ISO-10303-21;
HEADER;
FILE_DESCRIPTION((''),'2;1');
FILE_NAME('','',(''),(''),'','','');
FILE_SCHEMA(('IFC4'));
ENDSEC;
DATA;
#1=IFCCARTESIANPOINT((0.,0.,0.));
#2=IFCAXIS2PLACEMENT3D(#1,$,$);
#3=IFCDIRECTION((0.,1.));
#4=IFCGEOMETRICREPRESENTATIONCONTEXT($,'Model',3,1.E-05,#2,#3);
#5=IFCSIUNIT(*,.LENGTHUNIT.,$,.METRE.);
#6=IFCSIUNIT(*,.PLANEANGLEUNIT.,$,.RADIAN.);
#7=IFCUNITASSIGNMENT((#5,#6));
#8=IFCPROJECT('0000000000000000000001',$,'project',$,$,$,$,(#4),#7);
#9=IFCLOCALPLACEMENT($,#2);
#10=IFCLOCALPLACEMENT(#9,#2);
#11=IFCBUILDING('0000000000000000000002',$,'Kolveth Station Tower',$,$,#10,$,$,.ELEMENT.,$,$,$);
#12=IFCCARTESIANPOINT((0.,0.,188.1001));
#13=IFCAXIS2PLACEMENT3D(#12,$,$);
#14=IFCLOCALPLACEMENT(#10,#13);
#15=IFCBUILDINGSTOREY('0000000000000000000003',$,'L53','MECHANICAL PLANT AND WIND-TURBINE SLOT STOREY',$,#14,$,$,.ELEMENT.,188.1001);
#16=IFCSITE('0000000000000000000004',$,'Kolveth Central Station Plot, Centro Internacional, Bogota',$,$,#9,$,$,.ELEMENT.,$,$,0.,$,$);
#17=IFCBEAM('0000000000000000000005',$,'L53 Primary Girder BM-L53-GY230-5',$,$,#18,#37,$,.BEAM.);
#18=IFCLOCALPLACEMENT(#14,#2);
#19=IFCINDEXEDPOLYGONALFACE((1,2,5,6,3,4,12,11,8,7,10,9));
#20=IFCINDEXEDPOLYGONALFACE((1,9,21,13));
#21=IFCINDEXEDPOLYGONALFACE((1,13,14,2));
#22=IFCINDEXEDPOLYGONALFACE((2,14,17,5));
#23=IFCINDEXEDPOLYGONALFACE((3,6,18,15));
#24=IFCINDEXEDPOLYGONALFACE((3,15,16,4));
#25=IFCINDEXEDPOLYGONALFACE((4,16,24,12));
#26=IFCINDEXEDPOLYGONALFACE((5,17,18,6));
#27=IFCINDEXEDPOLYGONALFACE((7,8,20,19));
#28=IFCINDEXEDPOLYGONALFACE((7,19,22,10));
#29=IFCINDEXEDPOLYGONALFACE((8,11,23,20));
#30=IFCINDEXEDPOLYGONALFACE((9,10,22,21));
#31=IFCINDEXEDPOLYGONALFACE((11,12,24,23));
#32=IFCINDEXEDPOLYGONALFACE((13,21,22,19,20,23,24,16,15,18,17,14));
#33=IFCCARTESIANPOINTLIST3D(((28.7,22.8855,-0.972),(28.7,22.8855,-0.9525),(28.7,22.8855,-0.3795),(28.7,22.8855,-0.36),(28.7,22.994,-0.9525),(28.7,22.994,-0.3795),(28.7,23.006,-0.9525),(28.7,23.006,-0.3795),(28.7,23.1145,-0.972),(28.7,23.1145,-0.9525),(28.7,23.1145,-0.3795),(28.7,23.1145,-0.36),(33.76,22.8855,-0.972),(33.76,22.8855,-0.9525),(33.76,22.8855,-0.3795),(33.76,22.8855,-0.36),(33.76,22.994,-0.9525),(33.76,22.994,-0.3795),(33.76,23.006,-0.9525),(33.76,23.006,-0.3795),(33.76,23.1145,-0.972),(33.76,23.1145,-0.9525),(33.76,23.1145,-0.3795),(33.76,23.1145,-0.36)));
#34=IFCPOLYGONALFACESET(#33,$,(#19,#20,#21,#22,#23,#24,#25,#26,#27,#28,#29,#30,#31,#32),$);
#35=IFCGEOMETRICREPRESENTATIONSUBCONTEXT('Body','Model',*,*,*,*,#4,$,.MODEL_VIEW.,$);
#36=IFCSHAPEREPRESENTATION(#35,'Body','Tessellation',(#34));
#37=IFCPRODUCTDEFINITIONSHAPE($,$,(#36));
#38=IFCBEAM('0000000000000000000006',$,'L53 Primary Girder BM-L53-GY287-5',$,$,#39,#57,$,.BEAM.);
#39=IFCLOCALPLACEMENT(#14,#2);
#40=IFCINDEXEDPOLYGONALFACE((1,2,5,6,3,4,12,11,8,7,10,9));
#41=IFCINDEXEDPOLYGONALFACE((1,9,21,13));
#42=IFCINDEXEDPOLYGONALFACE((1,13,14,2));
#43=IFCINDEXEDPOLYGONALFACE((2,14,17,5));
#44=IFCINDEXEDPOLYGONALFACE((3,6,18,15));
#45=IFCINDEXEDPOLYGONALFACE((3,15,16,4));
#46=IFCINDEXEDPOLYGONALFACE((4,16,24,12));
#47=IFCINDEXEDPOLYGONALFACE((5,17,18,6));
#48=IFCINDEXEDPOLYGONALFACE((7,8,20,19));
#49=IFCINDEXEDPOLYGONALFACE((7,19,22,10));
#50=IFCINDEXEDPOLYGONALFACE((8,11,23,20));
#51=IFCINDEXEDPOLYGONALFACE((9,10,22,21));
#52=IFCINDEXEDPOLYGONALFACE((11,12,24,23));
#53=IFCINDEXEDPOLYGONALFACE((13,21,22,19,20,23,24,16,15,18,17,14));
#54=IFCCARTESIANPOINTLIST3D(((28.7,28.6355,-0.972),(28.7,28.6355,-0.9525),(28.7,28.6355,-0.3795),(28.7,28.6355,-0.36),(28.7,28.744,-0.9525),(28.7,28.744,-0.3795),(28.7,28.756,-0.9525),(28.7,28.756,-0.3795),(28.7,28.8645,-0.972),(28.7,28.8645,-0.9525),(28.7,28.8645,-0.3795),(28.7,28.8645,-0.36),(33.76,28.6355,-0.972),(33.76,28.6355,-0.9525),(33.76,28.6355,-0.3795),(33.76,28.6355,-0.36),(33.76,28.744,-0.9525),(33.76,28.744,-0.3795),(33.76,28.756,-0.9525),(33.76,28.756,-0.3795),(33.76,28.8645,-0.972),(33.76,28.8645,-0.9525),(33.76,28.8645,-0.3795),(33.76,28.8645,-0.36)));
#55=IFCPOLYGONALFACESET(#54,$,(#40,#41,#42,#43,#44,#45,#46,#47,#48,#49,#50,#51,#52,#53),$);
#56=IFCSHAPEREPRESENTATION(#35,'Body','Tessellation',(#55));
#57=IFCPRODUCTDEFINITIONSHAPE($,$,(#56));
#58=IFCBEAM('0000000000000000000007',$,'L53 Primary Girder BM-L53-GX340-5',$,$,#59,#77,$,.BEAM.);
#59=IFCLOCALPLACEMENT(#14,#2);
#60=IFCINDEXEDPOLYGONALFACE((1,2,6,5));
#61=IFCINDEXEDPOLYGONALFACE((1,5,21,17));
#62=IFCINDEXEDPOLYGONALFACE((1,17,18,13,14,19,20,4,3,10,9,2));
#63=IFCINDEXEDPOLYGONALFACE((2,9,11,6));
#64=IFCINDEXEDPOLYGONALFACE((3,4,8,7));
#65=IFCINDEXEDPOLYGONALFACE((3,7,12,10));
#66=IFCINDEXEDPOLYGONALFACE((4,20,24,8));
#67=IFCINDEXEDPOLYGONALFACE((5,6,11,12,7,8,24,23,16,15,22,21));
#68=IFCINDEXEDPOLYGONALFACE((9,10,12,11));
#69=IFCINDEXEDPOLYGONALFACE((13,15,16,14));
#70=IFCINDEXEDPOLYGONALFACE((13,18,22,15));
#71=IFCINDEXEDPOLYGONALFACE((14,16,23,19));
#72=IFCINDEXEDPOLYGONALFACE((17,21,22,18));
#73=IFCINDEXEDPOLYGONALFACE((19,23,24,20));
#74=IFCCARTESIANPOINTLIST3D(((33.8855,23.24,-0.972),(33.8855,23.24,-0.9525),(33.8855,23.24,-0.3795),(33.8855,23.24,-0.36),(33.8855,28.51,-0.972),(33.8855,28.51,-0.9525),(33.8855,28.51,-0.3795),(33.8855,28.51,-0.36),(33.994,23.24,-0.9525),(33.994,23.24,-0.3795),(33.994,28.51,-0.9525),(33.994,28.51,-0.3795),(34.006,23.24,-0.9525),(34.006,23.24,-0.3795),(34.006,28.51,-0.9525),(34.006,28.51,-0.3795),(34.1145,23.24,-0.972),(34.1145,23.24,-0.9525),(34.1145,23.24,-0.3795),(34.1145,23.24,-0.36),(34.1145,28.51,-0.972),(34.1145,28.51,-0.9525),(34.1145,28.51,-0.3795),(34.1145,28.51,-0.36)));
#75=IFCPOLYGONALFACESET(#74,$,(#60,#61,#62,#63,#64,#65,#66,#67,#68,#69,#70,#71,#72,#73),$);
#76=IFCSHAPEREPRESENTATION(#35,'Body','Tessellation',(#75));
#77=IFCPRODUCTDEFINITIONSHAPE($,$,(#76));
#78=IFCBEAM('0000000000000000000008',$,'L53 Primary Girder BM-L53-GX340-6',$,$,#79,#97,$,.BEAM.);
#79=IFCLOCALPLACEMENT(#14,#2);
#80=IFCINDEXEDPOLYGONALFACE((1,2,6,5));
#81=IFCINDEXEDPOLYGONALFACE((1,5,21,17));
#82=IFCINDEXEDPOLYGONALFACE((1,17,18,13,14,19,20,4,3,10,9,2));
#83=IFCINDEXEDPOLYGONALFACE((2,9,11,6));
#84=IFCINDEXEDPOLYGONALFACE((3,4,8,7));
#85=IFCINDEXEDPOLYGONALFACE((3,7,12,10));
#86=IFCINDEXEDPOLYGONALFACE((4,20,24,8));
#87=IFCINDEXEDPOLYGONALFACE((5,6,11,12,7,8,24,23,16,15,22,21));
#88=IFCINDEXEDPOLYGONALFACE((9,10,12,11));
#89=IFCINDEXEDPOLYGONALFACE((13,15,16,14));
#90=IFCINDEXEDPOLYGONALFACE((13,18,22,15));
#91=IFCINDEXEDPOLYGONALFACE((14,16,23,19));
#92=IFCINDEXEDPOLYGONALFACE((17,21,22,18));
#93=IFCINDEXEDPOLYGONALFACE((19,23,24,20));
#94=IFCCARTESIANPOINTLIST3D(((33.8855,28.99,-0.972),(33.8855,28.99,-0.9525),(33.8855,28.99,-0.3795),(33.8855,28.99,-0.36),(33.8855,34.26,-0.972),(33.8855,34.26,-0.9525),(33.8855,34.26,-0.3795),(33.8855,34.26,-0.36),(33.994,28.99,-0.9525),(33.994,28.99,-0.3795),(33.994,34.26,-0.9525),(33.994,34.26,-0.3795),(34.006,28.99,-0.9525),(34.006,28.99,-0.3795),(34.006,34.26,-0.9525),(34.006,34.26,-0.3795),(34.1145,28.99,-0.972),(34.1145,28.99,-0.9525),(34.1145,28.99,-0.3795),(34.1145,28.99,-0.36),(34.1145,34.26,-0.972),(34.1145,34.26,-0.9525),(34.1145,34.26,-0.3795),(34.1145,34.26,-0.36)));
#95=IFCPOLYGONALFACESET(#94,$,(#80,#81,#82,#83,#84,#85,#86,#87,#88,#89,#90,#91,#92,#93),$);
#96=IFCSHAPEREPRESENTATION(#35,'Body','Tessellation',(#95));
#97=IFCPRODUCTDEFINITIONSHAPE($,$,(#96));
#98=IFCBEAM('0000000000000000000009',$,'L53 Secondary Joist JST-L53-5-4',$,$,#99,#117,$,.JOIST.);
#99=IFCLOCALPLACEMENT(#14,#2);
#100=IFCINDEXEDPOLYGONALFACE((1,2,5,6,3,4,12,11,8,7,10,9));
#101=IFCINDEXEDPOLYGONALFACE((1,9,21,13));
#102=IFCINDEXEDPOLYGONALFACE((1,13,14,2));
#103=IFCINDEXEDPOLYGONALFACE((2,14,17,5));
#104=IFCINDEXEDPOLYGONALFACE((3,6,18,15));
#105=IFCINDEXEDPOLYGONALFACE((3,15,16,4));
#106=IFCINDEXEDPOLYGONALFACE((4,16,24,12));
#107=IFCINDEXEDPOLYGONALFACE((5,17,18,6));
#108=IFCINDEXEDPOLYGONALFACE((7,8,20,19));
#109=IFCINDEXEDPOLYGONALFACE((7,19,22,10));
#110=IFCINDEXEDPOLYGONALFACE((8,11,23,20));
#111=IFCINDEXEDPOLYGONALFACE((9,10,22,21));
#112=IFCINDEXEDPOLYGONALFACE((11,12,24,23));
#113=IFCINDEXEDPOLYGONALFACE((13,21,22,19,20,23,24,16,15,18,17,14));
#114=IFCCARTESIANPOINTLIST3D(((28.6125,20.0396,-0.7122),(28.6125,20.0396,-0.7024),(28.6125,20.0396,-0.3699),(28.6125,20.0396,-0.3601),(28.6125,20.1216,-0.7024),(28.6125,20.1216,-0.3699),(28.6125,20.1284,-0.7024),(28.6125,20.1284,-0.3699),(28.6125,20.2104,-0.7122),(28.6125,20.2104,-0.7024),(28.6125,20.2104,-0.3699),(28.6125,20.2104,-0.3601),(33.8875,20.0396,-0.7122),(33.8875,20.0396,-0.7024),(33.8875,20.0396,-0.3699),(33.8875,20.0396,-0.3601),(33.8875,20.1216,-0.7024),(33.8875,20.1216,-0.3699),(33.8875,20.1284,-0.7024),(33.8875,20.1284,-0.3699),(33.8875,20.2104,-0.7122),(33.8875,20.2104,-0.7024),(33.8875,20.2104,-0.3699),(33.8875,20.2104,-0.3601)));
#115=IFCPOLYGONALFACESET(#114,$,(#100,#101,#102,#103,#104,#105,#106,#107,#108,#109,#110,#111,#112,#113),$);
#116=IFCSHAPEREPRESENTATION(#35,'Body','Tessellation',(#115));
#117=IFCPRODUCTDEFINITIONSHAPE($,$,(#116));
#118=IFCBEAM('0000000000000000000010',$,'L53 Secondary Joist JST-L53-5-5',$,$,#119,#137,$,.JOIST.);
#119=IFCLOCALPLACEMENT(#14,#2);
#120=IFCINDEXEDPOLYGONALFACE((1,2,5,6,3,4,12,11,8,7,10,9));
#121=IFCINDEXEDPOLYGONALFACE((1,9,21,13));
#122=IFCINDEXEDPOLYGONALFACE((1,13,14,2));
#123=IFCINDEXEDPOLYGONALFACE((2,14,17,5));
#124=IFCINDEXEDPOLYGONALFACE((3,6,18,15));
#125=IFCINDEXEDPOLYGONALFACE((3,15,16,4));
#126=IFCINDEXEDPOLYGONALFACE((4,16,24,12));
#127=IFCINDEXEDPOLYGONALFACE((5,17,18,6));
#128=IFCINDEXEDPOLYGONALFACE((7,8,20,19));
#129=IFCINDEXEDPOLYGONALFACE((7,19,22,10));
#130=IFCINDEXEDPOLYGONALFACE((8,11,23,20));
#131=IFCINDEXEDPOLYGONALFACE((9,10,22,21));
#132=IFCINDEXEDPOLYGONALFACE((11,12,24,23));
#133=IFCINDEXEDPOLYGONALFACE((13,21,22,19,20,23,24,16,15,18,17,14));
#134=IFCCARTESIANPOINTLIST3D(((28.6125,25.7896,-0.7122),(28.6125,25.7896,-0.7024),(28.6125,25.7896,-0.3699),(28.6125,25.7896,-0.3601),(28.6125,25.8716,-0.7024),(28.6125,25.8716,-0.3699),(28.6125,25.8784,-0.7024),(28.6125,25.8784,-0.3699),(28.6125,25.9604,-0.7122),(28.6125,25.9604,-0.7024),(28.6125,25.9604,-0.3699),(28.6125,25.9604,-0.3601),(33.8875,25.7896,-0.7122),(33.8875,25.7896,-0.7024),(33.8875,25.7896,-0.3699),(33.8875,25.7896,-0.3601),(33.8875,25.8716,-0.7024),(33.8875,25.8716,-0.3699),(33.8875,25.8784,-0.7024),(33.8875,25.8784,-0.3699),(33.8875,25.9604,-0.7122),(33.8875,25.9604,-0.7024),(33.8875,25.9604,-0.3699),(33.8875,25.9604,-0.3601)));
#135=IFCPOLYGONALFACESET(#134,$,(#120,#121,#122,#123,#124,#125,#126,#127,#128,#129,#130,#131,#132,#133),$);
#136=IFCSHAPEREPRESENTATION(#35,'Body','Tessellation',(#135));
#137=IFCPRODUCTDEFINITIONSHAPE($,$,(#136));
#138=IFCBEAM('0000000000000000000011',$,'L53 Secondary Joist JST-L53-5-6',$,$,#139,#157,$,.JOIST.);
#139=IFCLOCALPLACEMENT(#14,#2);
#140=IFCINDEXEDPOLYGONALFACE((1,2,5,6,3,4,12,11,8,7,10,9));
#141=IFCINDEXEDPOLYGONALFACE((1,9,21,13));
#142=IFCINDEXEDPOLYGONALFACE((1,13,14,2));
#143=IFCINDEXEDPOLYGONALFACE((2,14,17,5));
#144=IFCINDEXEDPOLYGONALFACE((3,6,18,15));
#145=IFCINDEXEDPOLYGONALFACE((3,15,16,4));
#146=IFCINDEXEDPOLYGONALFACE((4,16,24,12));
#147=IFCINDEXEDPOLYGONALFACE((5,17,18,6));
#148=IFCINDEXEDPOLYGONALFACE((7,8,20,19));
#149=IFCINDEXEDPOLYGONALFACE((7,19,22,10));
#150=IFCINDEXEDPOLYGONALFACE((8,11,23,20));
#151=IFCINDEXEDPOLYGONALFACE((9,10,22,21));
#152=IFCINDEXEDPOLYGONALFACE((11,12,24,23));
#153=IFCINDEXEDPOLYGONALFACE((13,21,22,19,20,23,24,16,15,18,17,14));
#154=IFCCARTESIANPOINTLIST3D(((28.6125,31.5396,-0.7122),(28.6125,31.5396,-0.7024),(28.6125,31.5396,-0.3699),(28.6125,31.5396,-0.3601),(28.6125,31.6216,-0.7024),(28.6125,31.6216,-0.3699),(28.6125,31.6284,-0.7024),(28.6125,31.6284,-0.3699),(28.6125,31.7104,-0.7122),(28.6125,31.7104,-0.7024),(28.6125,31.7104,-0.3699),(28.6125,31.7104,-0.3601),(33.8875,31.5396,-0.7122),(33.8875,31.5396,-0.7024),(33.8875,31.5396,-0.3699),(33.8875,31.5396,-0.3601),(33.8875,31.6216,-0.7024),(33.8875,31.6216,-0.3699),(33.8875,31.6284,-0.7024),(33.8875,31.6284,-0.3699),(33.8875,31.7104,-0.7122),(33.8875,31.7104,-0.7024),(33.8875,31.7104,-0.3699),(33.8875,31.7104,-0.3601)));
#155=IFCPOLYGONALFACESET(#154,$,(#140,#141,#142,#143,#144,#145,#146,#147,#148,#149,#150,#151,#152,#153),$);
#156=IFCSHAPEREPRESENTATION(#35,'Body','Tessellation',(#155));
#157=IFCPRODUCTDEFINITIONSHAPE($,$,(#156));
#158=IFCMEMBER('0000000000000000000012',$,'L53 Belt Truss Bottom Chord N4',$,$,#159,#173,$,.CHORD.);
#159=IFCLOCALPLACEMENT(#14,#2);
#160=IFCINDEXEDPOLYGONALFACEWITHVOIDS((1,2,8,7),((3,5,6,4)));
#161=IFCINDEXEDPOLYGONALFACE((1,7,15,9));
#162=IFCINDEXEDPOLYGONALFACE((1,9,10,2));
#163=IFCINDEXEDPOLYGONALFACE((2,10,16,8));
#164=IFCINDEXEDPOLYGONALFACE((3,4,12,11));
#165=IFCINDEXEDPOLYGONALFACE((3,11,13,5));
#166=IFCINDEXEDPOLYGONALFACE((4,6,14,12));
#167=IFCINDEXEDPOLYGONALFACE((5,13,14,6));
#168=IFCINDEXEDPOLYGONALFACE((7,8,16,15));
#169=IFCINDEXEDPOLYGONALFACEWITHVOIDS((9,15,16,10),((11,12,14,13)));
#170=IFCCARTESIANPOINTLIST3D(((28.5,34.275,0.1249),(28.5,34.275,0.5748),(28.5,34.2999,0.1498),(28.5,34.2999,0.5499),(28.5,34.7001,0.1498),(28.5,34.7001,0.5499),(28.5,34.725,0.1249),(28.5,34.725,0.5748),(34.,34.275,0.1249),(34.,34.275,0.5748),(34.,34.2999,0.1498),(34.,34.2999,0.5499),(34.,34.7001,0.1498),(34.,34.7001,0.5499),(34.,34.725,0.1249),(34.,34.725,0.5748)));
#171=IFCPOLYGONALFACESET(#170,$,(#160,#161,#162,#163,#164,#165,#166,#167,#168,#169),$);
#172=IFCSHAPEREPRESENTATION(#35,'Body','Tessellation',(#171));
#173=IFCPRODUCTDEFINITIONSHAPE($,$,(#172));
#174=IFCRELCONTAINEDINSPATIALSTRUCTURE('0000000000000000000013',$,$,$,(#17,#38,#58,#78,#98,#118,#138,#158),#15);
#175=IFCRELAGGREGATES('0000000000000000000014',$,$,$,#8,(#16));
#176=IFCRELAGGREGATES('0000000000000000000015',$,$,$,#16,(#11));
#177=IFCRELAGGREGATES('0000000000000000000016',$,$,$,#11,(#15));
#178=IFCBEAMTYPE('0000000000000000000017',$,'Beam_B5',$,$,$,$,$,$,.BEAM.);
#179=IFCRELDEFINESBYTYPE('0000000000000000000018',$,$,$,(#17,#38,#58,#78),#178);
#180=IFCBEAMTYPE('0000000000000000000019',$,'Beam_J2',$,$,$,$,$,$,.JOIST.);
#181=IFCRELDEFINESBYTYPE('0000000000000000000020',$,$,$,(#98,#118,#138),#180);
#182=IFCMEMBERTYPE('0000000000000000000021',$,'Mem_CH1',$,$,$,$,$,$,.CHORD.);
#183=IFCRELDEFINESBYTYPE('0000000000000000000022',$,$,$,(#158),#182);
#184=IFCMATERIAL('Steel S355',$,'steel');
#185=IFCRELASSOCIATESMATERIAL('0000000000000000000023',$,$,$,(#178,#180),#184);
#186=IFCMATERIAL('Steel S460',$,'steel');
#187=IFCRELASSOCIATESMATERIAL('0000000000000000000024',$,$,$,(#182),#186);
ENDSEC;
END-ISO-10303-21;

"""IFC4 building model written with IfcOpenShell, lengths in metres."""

from ifc_helpers import new_model, si_unit, direction, frame, origin, origin_2d, place, context, subcontext, project, spatial, hollow_rectangle, i_section, extrude, source, transform, mapped, material, material_profile, profile_set, type_object, element, save


model = new_model("IFC4")

# Units and contexts
model_context = context("Model", 3, precision=1e-05, world=origin(), true_north=direction((0.0, 1.0)))
body_context = subcontext(model_context, "Body", "Model", "MODEL_VIEW")
ifc_project = project(units=[si_unit("LENGTHUNIT", "METRE"), si_unit("PLANEANGLEUNIT", "RADIAN")], contexts=[model_context])

# Site, building, storey
site_placement = place(None, origin())
site = spatial("IfcSite", under=ifc_project, at=site_placement, Name="Kolveth Central Station Plot, Centro Internacional, Bogota", CompositionType="ELEMENT", RefElevation=0.0)
building_placement = place(site_placement, origin())
building = spatial("IfcBuilding", under=site, at=building_placement, Name="Kolveth Station Tower", CompositionType="ELEMENT")
storey_placement = place(building_placement, frame((0.0, 0.0, 188.1001)))
storey = spatial("IfcBuildingStorey", under=building, at=storey_placement, Name="L53", Description="MECHANICAL PLANT AND WIND-TURBINE SLOT STOREY", CompositionType="ELEMENT", Elevation=188.1001)

# Shared definitions
ifc_material_1 = material(Name="Steel S355", Category="steel")

# Beams
ifc_material_profile_1 = material_profile(ifc_material_1, i_section(OverallWidth=0.229, OverallDepth=0.6121, WebThickness=0.012, FlangeThickness=0.0195, at=origin_2d()), Name="W610x125")
ifc_profile_set_1 = profile_set([ifc_material_profile_1], Name="Steel S355")
beam_type_1 = type_object("IfcBeamType", Name="Beam_B5", PredefinedType="BEAM", material=ifc_profile_set_1)
shared_shape_1 = source(origin(), body_context, "Body", "SweptSolid", [
    extrude(i_section(OverallWidth=0.229, OverallDepth=0.6121, WebThickness=0.012, FlangeThickness=0.0195, at=origin_2d()), origin(), (0.0, 0.0, 1.0), 5.0601),
])
for number, where, z_axis, x_axis, name in (
    (1, (28.7, 23.0, -0.666), (1.0, 0.0, 0.0), (0.0, 1.0, 0.0), "L53 Primary Girder BM-L53-GY230-5"),
    (2, (28.7, 28.75, -0.666), (1.0, 0.0, 0.0), (0.0, 1.0, 0.0), "L53 Primary Girder BM-L53-GY287-5"),
):
    element("IfcBeam", number, at=place(storey_placement, frame(where, z_axis=z_axis, x_axis=x_axis)), inside=storey, type_object=beam_type_1, Name=name, PredefinedType="BEAM", context=body_context, shape_type="MappedRepresentation", body=[
        mapped(shared_shape_1, transform((0.0, 0.0, 0.0), x_axis=(1.0, 0.0, 0.0), y_axis=(0.0, 1.0, 0.0), z_axis=(0.0, 0.0, 1.0), scale=1.0)),
    ])
shared_shape_2 = source(origin(), body_context, "Body", "SweptSolid", [
    extrude(i_section(OverallWidth=0.229, OverallDepth=0.6121, WebThickness=0.012, FlangeThickness=0.0195, at=origin_2d()), origin(), (0.0, 0.0, 1.0), 5.27),
])
for number, where, z_axis, x_axis, name in (
    (3, (34.0, 23.24, -0.666), (0.0, 1.0, 0.0), (-1.0, 0.0, 0.0), "L53 Primary Girder BM-L53-GX340-5"),
    (4, (34.0, 28.99, -0.666), (0.0, 1.0, 0.0), (-1.0, 0.0, 0.0), "L53 Primary Girder BM-L53-GX340-6"),
):
    element("IfcBeam", number, at=place(storey_placement, frame(where, z_axis=z_axis, x_axis=x_axis)), inside=storey, type_object=beam_type_1, Name=name, PredefinedType="BEAM", context=body_context, shape_type="MappedRepresentation", body=[
        mapped(shared_shape_2, transform((0.0, 0.0, 0.0), x_axis=(1.0, 0.0, 0.0), y_axis=(0.0, 1.0, 0.0), z_axis=(0.0, 0.0, 1.0), scale=1.0)),
    ])
ifc_material_profile_2 = material_profile(ifc_material_1, i_section(OverallWidth=0.1709, OverallDepth=0.3521, WebThickness=0.0068, FlangeThickness=0.0098, at=origin_2d()), Name="W360x44")
ifc_profile_set_2 = profile_set([ifc_material_profile_2], Name="Steel S355")
beam_type_2 = type_object("IfcBeamType", Name="Beam_J2", PredefinedType="JOIST", material=ifc_profile_set_2)
shared_shape_3 = source(origin(), body_context, "Body", "SweptSolid", [
    extrude(i_section(OverallWidth=0.1709, OverallDepth=0.3521, WebThickness=0.0068, FlangeThickness=0.0098, at=origin_2d()), origin(), (0.0, 0.0, 1.0), 5.2749),
])
for number, where, z_axis, x_axis, name in (
    (5, (28.6125, 20.125, -0.5361), (1.0, 0.0, 0.0), (0.0, 1.0, 0.0), "L53 Secondary Joist JST-L53-5-4"),
    (6, (28.6125, 25.875, -0.5361), (1.0, 0.0, 0.0), (0.0, 1.0, 0.0), "L53 Secondary Joist JST-L53-5-5"),
    (7, (28.6125, 31.625, -0.5361), (1.0, 0.0, 0.0), (0.0, 1.0, 0.0), "L53 Secondary Joist JST-L53-5-6"),
):
    element("IfcBeam", number, at=place(storey_placement, frame(where, z_axis=z_axis, x_axis=x_axis)), inside=storey, type_object=beam_type_2, Name=name, PredefinedType="JOIST", context=body_context, shape_type="MappedRepresentation", body=[
        mapped(shared_shape_3, transform((0.0, 0.0, 0.0), x_axis=(1.0, 0.0, 0.0), y_axis=(0.0, 1.0, 0.0), z_axis=(0.0, 0.0, 1.0), scale=1.0)),
    ])

# Member
ifc_material_2 = material(Name="Steel S460", Category="steel")
ifc_material_profile_3 = material_profile(ifc_material_2, hollow_rectangle(XDim=0.45, YDim=0.45, WallThickness=0.0249, at=origin_2d()), Name="HSS450x450x25")
ifc_profile_set_3 = profile_set([ifc_material_profile_3], Name="Steel S460")
member_type_1 = type_object("IfcMemberType", Name="Mem_CH1", PredefinedType="CHORD", material=ifc_profile_set_3)
shared_shape_4 = source(origin(), body_context, "Body", "SweptSolid", [
    extrude(hollow_rectangle(XDim=0.45, YDim=0.45, WallThickness=0.0249, at=origin_2d()), origin(), (0.0, 0.0, 1.0), 5.5),
])
member_1_placement = place(storey_placement, frame((28.5, 34.5, 0.3499), z_axis=(1.0, 0.0, 0.0), x_axis=(0.0, 1.0, 0.0)))
element("IfcMember", 8, at=member_1_placement, inside=storey, type_object=member_type_1, Name="L53 Belt Truss Bottom Chord N4", PredefinedType="CHORD", context=body_context, shape_type="MappedRepresentation", body=[
    mapped(shared_shape_4, transform((0.0, 0.0, 0.0), x_axis=(1.0, 0.0, 0.0), y_axis=(0.0, 1.0, 0.0), z_axis=(0.0, 0.0, 1.0), scale=1.0)),
])

save(model, "model.ifc")
